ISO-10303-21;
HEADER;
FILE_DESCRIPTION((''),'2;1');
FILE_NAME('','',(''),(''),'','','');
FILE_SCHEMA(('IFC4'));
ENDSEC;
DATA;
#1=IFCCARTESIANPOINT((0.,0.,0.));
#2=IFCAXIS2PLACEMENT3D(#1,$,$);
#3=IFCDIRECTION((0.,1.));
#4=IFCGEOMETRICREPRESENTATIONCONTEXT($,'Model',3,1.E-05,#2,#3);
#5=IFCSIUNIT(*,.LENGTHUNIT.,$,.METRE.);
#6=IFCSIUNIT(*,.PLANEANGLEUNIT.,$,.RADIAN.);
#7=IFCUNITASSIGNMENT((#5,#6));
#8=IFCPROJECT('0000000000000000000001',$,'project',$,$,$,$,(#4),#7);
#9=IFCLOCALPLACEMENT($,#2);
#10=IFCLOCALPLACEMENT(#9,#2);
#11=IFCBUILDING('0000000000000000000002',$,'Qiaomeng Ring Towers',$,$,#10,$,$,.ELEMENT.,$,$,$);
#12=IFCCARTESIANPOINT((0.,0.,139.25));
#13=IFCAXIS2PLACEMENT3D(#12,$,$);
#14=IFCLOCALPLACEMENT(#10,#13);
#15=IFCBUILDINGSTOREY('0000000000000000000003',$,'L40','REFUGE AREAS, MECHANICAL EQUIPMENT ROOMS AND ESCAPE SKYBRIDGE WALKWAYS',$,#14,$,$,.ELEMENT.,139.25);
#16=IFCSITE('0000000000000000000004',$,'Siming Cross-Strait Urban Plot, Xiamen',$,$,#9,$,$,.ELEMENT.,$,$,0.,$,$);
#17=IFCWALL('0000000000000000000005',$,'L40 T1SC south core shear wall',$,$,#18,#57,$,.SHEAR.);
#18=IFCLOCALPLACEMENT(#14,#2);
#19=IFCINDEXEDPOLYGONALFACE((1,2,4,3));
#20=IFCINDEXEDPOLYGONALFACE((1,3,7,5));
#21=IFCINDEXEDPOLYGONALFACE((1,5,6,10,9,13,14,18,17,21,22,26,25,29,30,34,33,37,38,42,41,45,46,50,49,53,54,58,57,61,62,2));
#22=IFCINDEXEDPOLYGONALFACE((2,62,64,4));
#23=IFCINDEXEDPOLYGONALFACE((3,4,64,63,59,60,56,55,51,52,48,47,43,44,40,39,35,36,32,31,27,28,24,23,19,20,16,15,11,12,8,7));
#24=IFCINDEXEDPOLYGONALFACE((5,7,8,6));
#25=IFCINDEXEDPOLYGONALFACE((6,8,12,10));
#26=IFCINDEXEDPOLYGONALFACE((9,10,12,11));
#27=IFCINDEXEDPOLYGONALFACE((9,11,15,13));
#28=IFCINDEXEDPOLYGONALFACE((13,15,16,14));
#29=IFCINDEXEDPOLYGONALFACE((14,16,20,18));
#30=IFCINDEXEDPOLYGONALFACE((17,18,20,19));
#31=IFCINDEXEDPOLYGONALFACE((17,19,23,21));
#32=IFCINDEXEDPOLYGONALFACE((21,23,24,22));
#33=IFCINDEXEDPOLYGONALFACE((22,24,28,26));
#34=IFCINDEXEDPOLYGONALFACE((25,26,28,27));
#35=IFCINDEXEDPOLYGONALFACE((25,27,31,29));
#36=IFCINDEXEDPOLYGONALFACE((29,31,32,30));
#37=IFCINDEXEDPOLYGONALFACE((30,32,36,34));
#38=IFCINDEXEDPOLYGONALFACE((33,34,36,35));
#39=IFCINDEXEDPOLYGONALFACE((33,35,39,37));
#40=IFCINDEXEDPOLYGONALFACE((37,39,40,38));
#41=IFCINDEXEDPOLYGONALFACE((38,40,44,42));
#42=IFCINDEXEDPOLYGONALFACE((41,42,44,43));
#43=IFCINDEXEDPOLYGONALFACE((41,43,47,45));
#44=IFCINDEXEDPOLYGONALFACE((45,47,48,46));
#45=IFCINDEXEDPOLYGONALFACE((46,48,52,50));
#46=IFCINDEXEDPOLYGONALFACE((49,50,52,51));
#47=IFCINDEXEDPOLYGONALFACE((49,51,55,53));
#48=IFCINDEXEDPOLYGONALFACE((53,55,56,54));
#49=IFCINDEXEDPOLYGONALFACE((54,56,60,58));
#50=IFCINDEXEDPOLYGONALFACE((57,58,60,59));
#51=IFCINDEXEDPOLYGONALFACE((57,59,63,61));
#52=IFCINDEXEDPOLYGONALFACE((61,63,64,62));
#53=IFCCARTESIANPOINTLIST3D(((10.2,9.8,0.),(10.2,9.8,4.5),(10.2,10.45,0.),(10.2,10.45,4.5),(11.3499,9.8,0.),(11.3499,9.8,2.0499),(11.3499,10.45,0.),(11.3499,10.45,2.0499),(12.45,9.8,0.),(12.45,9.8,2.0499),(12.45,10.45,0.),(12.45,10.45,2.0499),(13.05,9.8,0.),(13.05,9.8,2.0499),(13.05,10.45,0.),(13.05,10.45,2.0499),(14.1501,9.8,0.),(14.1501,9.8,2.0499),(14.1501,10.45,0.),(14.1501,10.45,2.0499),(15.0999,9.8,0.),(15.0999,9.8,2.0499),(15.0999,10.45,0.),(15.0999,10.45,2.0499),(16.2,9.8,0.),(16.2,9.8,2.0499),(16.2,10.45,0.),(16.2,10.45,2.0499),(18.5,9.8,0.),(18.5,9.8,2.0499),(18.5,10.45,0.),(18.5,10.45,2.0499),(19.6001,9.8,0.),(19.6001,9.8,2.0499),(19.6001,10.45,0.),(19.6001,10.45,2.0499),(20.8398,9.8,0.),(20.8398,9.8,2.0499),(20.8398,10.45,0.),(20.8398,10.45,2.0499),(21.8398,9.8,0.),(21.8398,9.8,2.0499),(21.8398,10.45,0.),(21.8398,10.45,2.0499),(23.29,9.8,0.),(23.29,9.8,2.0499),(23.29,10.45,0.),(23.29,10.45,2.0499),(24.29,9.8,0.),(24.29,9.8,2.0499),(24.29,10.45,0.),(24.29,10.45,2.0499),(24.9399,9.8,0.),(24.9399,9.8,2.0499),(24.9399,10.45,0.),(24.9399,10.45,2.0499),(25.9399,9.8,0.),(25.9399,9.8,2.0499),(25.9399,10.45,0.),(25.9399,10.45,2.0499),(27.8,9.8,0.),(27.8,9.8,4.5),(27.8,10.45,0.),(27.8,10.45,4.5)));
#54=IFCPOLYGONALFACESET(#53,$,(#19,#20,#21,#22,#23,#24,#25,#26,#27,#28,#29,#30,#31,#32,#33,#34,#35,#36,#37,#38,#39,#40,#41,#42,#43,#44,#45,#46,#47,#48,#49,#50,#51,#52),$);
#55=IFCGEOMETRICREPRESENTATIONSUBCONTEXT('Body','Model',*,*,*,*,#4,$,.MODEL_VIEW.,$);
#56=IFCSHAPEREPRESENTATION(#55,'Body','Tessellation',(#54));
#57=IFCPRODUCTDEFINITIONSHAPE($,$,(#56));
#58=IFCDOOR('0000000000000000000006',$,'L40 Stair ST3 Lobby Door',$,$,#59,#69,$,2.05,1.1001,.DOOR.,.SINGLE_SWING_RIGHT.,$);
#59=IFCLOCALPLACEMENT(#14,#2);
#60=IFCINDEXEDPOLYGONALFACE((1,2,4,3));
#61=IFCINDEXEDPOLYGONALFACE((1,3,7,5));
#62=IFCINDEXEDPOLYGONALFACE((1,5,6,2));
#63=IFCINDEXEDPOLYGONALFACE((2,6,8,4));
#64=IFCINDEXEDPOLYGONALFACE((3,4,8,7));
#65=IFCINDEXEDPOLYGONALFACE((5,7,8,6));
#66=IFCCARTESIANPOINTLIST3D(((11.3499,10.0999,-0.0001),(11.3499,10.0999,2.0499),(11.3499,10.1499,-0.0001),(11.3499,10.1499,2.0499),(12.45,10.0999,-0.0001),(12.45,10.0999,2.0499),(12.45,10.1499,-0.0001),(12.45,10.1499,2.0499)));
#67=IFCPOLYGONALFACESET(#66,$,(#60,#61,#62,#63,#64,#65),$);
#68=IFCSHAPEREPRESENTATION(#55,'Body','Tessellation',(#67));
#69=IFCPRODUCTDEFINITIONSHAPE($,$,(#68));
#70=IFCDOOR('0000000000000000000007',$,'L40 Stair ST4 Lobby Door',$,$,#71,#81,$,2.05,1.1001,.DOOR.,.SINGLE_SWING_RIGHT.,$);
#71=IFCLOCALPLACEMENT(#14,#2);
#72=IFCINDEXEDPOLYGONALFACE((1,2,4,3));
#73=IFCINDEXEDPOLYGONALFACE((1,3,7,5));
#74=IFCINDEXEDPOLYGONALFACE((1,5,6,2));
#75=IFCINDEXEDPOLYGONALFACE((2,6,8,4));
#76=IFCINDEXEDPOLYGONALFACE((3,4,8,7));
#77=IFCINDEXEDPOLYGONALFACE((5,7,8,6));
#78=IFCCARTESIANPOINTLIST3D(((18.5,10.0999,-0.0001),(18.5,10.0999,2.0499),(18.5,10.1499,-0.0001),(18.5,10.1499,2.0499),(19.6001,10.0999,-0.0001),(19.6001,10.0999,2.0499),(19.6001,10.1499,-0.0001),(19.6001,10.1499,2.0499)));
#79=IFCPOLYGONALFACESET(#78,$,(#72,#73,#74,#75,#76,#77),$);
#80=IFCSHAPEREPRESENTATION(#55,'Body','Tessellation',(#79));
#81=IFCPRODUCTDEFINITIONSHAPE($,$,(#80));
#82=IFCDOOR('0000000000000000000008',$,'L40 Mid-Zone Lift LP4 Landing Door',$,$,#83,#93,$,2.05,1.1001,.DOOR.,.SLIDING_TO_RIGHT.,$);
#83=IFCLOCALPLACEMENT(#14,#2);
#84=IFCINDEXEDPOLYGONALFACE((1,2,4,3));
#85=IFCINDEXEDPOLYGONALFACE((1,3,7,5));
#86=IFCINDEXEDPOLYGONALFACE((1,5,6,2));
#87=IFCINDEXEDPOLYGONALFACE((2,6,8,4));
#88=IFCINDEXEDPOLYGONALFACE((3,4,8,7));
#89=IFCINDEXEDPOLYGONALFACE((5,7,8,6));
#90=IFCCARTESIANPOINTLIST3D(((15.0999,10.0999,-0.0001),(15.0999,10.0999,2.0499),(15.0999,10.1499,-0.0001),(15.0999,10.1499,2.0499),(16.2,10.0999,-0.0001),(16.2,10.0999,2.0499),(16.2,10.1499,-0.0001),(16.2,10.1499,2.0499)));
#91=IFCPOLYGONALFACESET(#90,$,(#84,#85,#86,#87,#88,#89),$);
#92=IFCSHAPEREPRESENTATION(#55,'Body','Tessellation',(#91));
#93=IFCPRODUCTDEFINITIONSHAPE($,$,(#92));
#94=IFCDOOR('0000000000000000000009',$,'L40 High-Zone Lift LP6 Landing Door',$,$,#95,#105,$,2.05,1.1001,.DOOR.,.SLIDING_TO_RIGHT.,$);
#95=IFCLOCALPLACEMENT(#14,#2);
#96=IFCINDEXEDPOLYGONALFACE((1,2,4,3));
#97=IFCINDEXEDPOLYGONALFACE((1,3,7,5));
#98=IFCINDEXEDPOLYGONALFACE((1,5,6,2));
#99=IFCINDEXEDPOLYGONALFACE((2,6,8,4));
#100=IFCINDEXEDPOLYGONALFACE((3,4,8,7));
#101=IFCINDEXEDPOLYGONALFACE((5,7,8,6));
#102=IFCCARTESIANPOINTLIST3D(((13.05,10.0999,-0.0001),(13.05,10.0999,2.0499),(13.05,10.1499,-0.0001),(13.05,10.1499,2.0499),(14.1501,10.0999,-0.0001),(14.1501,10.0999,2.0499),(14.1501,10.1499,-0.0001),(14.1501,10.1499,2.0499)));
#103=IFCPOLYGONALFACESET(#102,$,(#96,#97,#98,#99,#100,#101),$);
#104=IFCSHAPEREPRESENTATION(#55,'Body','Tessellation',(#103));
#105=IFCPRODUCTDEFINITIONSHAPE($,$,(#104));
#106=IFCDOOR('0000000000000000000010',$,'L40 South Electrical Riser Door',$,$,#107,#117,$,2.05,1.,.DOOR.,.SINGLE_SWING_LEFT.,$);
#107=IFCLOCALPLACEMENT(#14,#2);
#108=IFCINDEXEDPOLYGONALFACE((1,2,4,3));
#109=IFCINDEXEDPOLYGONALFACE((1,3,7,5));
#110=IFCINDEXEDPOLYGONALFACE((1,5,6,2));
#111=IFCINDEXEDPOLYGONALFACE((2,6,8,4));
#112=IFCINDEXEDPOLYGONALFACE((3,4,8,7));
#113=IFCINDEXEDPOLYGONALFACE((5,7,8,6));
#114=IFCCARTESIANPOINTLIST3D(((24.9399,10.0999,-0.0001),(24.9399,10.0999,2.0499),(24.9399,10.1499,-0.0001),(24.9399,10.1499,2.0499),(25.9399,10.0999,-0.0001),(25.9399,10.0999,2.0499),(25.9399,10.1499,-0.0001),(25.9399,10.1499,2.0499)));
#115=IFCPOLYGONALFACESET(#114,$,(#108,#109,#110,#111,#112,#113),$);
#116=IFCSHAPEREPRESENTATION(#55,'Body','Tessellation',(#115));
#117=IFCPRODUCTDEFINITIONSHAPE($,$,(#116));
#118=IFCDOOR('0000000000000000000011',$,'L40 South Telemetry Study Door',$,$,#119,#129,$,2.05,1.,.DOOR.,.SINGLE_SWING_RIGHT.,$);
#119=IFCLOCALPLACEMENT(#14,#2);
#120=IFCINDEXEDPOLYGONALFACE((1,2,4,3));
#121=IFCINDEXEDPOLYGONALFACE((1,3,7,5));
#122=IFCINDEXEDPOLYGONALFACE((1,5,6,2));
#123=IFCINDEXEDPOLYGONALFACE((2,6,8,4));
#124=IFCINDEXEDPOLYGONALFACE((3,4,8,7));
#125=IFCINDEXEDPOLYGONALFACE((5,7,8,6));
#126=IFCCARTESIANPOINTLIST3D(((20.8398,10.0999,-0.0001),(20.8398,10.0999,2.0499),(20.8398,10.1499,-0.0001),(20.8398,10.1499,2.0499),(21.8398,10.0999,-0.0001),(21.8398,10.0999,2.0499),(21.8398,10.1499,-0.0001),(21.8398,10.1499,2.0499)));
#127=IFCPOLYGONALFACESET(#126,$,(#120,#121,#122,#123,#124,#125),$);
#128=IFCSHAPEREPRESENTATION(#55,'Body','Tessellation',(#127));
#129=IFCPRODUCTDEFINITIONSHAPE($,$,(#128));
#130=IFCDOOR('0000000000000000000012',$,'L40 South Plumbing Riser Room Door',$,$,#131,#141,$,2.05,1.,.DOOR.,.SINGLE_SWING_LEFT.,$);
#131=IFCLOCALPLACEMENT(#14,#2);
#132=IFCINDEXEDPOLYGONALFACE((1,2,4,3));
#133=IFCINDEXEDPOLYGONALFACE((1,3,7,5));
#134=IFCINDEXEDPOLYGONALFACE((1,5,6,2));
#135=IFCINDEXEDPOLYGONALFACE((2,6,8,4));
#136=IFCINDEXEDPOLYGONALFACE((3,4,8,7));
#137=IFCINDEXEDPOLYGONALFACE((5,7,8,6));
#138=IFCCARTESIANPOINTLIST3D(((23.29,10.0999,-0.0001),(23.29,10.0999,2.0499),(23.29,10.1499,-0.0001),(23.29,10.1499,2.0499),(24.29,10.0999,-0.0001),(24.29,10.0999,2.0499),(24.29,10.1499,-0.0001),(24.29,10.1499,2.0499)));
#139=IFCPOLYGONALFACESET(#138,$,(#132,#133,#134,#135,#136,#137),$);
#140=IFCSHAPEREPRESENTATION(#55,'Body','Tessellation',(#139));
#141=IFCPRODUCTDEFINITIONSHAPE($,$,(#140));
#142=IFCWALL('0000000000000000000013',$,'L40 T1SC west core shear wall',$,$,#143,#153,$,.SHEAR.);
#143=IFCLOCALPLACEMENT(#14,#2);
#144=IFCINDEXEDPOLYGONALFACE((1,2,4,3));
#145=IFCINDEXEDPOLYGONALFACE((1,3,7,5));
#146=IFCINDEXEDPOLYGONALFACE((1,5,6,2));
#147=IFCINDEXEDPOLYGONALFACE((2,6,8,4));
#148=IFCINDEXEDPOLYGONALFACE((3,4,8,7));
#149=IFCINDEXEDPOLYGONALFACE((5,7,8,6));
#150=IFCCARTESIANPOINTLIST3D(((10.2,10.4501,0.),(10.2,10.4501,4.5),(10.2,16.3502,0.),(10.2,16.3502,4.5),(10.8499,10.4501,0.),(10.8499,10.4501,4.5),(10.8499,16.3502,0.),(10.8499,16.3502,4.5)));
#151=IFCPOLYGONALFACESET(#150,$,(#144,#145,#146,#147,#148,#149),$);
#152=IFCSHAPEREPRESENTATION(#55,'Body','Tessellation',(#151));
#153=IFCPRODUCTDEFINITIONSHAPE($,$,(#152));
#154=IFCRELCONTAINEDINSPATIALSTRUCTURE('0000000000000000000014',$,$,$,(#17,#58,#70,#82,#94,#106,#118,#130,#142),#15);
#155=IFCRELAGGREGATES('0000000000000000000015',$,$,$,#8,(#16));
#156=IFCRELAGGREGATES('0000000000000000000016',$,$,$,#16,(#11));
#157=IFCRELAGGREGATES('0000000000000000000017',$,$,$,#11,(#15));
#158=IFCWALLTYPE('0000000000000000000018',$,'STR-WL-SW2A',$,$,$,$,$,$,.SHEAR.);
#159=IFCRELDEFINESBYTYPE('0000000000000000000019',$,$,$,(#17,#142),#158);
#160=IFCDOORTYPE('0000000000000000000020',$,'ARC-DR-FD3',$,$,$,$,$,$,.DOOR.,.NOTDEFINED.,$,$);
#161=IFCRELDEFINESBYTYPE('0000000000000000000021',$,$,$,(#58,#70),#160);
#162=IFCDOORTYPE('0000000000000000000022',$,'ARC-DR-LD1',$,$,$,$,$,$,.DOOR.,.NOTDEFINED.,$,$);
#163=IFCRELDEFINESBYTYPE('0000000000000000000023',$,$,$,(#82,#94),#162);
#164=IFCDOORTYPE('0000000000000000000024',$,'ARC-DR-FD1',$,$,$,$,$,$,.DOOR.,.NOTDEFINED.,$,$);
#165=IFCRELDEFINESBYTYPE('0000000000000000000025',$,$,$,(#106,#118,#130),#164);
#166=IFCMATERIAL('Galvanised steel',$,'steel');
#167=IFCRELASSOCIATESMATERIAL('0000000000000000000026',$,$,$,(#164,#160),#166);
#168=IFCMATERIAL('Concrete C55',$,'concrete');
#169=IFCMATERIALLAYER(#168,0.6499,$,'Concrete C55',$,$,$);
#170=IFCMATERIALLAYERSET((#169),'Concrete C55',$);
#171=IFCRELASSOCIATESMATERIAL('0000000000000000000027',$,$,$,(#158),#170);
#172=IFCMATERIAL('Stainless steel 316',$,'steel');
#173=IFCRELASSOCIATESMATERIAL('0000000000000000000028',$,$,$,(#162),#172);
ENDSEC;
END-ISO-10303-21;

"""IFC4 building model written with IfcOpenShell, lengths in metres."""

from ifc_helpers import new_model, si_unit, direction, frame, frame_2d, origin, place, context, subcontext, project, spatial, rectangle, extrude, source, transform, mapped, material, layer, layer_set, type_object, element, fill, save


model = new_model("IFC4")

# Units and contexts
model_context = context("Model", 3, precision=1e-05, world=origin(), true_north=direction((0.0, 1.0)))
body_context = subcontext(model_context, "Body", "Model", "MODEL_VIEW")
ifc_project = project(units=[si_unit("LENGTHUNIT", "METRE"), si_unit("PLANEANGLEUNIT", "RADIAN")], contexts=[model_context])

# Site, building, storey
site_placement = place(None, origin())
site = spatial("IfcSite", under=ifc_project, at=site_placement, Name="Siming Cross-Strait Urban Plot, Xiamen", CompositionType="ELEMENT", RefElevation=0.0)
building_placement = place(site_placement, origin())
building = spatial("IfcBuilding", under=site, at=building_placement, Name="Qiaomeng Ring Towers", CompositionType="ELEMENT")
storey_placement = place(building_placement, frame((0.0, 0.0, 139.25)))
storey = spatial("IfcBuildingStorey", under=building, at=storey_placement, Name="L40", Description="REFUGE AREAS, MECHANICAL EQUIPMENT ROOMS AND ESCAPE SKYBRIDGE WALKWAYS", CompositionType="ELEMENT", Elevation=139.25)

# Shared definitions
ifc_material_1 = material(Name="Galvanised steel", Category="steel")
door_type_1 = type_object("IfcDoorType", Name="ARC-DR-FD1", OperationType="NOTDEFINED", PredefinedType="DOOR", material=ifc_material_1)
shared_shape_1 = source(origin(), body_context, "Body", "SweptSolid", [
    extrude(rectangle(XDim=1.0, YDim=2.05, at=frame_2d((0.5, 1.0249))), frame((0.0, 0.0249, 0.0), z_axis=(0.0, -1.0, 0.0), x_axis=(1.0, 0.0, 0.0)), (0.0, 0.0, 1.0), 0.05),
])

# Wall, openings, doors
ifc_material_2 = material(Name="Concrete C55", Category="concrete")
ifc_layer_1 = layer(ifc_material_2, 0.6499, Name="Concrete C55")
ifc_layer_set_1 = layer_set([ifc_layer_1], Name="Concrete C55")
wall_type_1 = type_object("IfcWallType", Name="STR-WL-SW2A", PredefinedType="SHEAR", material=ifc_layer_set_1)
wall_1_placement = place(storey_placement, frame((10.2, 10.125, 0.0), z_axis=(0.0, 0.0, 1.0), x_axis=(1.0, 0.0, 0.0)))
wall_1 = element("IfcWall", 1, at=wall_1_placement, inside=storey, type_object=wall_type_1, Name="L40 T1SC south core shear wall", PredefinedType="SHEAR", context=body_context, shape_type="SweptSolid", body=[
    extrude(rectangle(XDim=17.6001, YDim=0.6499, at=frame_2d((8.8, 0.0))), origin(), (0.0, 0.0, 1.0), 4.5),
])
opening_1_placement = place(wall_1_placement, frame((1.1499, 0.0, 0.0)))
opening_1 = element("IfcOpeningElement", 2, at=opening_1_placement, cuts=wall_1, PredefinedType="OPENING", context=body_context, shape_type="SweptSolid", body=[
    extrude(rectangle(XDim=1.1001, YDim=2.05, at=frame_2d((0.55, 1.0249))), frame((0.0, 0.335, 0.0), z_axis=(0.0, -1.0, 0.0), x_axis=(1.0, 0.0, 0.0)), (0.0, 0.0, 1.0), 0.6699),
])
opening_2_placement = place(wall_1_placement, frame((8.3, 0.0, 0.0)))
opening_2 = element("IfcOpeningElement", 3, at=opening_2_placement, cuts=wall_1, PredefinedType="OPENING", context=body_context, shape_type="SweptSolid", body=[
    extrude(rectangle(XDim=1.1001, YDim=2.05, at=frame_2d((0.55, 1.0249))), frame((0.0, 0.335, 0.0), z_axis=(0.0, -1.0, 0.0), x_axis=(1.0, 0.0, 0.0)), (0.0, 0.0, 1.0), 0.6699),
])
opening_3_placement = place(wall_1_placement, frame((4.8999, 0.0, 0.0)))
opening_3 = element("IfcOpeningElement", 4, at=opening_3_placement, cuts=wall_1, PredefinedType="OPENING", context=body_context, shape_type="SweptSolid", body=[
    extrude(rectangle(XDim=1.1001, YDim=2.05, at=frame_2d((0.55, 1.0249))), frame((0.0, 0.335, 0.0), z_axis=(0.0, -1.0, 0.0), x_axis=(1.0, 0.0, 0.0)), (0.0, 0.0, 1.0), 0.6699),
])
opening_4_placement = place(wall_1_placement, frame((2.8501, 0.0, 0.0)))
opening_4 = element("IfcOpeningElement", 5, at=opening_4_placement, cuts=wall_1, PredefinedType="OPENING", context=body_context, shape_type="SweptSolid", body=[
    extrude(rectangle(XDim=1.1001, YDim=2.05, at=frame_2d((0.55, 1.0249))), frame((0.0, 0.335, 0.0), z_axis=(0.0, -1.0, 0.0), x_axis=(1.0, 0.0, 0.0)), (0.0, 0.0, 1.0), 0.6699),
])
opening_5_placement = place(wall_1_placement, frame((14.74, 0.0, 0.0)))
opening_5 = element("IfcOpeningElement", 6, at=opening_5_placement, cuts=wall_1, PredefinedType="OPENING", context=body_context, shape_type="SweptSolid", body=[
    extrude(rectangle(XDim=1.0, YDim=2.05, at=frame_2d((0.5, 1.0249))), frame((0.0, 0.335, 0.0), z_axis=(0.0, -1.0, 0.0), x_axis=(1.0, 0.0, 0.0)), (0.0, 0.0, 1.0), 0.6699),
])
opening_6_placement = place(wall_1_placement, frame((10.6399, 0.0, 0.0)))
opening_6 = element("IfcOpeningElement", 7, at=opening_6_placement, cuts=wall_1, PredefinedType="OPENING", context=body_context, shape_type="SweptSolid", body=[
    extrude(rectangle(XDim=1.0, YDim=2.05, at=frame_2d((0.5, 1.0249))), frame((0.0, 0.335, 0.0), z_axis=(0.0, -1.0, 0.0), x_axis=(1.0, 0.0, 0.0)), (0.0, 0.0, 1.0), 0.6699),
])
opening_7_placement = place(wall_1_placement, frame((13.0901, 0.0, 0.0)))
opening_7 = element("IfcOpeningElement", 8, at=opening_7_placement, cuts=wall_1, PredefinedType="OPENING", context=body_context, shape_type="SweptSolid", body=[
    extrude(rectangle(XDim=1.0, YDim=2.05, at=frame_2d((0.5, 1.0249))), frame((0.0, 0.335, 0.0), z_axis=(0.0, -1.0, 0.0), x_axis=(1.0, 0.0, 0.0)), (0.0, 0.0, 1.0), 0.6699),
])
door_type_2 = type_object("IfcDoorType", Name="ARC-DR-FD3", OperationType="NOTDEFINED", PredefinedType="DOOR", material=ifc_material_1)
shared_shape_2 = source(origin(), body_context, "Body", "SweptSolid", [
    extrude(rectangle(XDim=1.1001, YDim=2.05, at=frame_2d((0.55, 1.0249))), frame((0.0, 0.0249, 0.0), z_axis=(0.0, -1.0, 0.0), x_axis=(1.0, 0.0, 0.0)), (0.0, 0.0, 1.0), 0.05),
])
door_1_placement = place(opening_1_placement, origin())
door_1 = element("IfcDoor", 9, at=door_1_placement, inside=storey, type_object=door_type_2, Name="L40 Stair ST3 Lobby Door", OperationType="SINGLE_SWING_RIGHT", OverallHeight=2.05, OverallWidth=1.1001, PredefinedType="DOOR", context=body_context, shape_type="MappedRepresentation", body=[
    mapped(shared_shape_2, transform((0.0, 0.0, 0.0), x_axis=(1.0, 0.0, 0.0), y_axis=(0.0, 1.0, 0.0), z_axis=(0.0, 0.0, 1.0), scale=1.0)),
])
fill(opening_1, door_1)
door_2_placement = place(opening_2_placement, origin())
door_2 = element("IfcDoor", 10, at=door_2_placement, inside=storey, type_object=door_type_2, Name="L40 Stair ST4 Lobby Door", OperationType="SINGLE_SWING_RIGHT", OverallHeight=2.05, OverallWidth=1.1001, PredefinedType="DOOR", context=body_context, shape_type="MappedRepresentation", body=[
    mapped(shared_shape_2, transform((0.0, 0.0, 0.0), x_axis=(1.0, 0.0, 0.0), y_axis=(0.0, 1.0, 0.0), z_axis=(0.0, 0.0, 1.0), scale=1.0)),
])
fill(opening_2, door_2)
ifc_material_3 = material(Name="Stainless steel 316", Category="steel")
door_type_3 = type_object("IfcDoorType", Name="ARC-DR-LD1", OperationType="NOTDEFINED", PredefinedType="DOOR", material=ifc_material_3)
door_3_placement = place(opening_3_placement, origin())
door_3 = element("IfcDoor", 11, at=door_3_placement, inside=storey, type_object=door_type_3, Name="L40 Mid-Zone Lift LP4 Landing Door", OperationType="SLIDING_TO_RIGHT", OverallHeight=2.05, OverallWidth=1.1001, PredefinedType="DOOR", context=body_context, shape_type="MappedRepresentation", body=[
    mapped(shared_shape_2, transform((0.0, 0.0, 0.0), x_axis=(1.0, 0.0, 0.0), y_axis=(0.0, 1.0, 0.0), z_axis=(0.0, 0.0, 1.0), scale=1.0)),
])
fill(opening_3, door_3)
door_4_placement = place(opening_4_placement, origin())
door_4 = element("IfcDoor", 12, at=door_4_placement, inside=storey, type_object=door_type_3, Name="L40 High-Zone Lift LP6 Landing Door", OperationType="SLIDING_TO_RIGHT", OverallHeight=2.05, OverallWidth=1.1001, PredefinedType="DOOR", context=body_context, shape_type="MappedRepresentation", body=[
    mapped(shared_shape_2, transform((0.0, 0.0, 0.0), x_axis=(1.0, 0.0, 0.0), y_axis=(0.0, 1.0, 0.0), z_axis=(0.0, 0.0, 1.0), scale=1.0)),
])
fill(opening_4, door_4)
door_5_placement = place(opening_5_placement, origin())
door_5 = element("IfcDoor", 13, at=door_5_placement, inside=storey, type_object=door_type_1, Name="L40 South Electrical Riser Door", OperationType="SINGLE_SWING_LEFT", OverallHeight=2.05, OverallWidth=1.0, PredefinedType="DOOR", context=body_context, shape_type="MappedRepresentation", body=[
    mapped(shared_shape_1, transform((0.0, 0.0, 0.0), x_axis=(1.0, 0.0, 0.0), y_axis=(0.0, 1.0, 0.0), z_axis=(0.0, 0.0, 1.0), scale=1.0)),
])
fill(opening_5, door_5)
door_6_placement = place(opening_6_placement, origin())
door_6 = element("IfcDoor", 14, at=door_6_placement, inside=storey, type_object=door_type_1, Name="L40 South Telemetry Study Door", OperationType="SINGLE_SWING_RIGHT", OverallHeight=2.05, OverallWidth=1.0, PredefinedType="DOOR", context=body_context, shape_type="MappedRepresentation", body=[
    mapped(shared_shape_1, transform((0.0, 0.0, 0.0), x_axis=(1.0, 0.0, 0.0), y_axis=(0.0, 1.0, 0.0), z_axis=(0.0, 0.0, 1.0), scale=1.0)),
])
fill(opening_6, door_6)
door_7_placement = place(opening_7_placement, origin())
door_7 = element("IfcDoor", 15, at=door_7_placement, inside=storey, type_object=door_type_1, Name="L40 South Plumbing Riser Room Door", OperationType="SINGLE_SWING_LEFT", OverallHeight=2.05, OverallWidth=1.0, PredefinedType="DOOR", context=body_context, shape_type="MappedRepresentation", body=[
    mapped(shared_shape_1, transform((0.0, 0.0, 0.0), x_axis=(1.0, 0.0, 0.0), y_axis=(0.0, 1.0, 0.0), z_axis=(0.0, 0.0, 1.0), scale=1.0)),
])
fill(opening_7, door_7)

# Wall
wall_2_placement = place(storey_placement, frame((10.5249, 10.45, 0.0), z_axis=(0.0, 0.0, 1.0), x_axis=(0.0, 1.0, 0.0)))
element("IfcWall", 16, at=wall_2_placement, inside=storey, type_object=wall_type_1, Name="L40 T1SC west core shear wall", PredefinedType="SHEAR", context=body_context, shape_type="SweptSolid", body=[
    extrude(rectangle(XDim=5.9001, YDim=0.6499, at=frame_2d((2.9502, 0.0))), origin(), (0.0, 0.0, 1.0), 4.5),
])

save(model, "model.ifc")
